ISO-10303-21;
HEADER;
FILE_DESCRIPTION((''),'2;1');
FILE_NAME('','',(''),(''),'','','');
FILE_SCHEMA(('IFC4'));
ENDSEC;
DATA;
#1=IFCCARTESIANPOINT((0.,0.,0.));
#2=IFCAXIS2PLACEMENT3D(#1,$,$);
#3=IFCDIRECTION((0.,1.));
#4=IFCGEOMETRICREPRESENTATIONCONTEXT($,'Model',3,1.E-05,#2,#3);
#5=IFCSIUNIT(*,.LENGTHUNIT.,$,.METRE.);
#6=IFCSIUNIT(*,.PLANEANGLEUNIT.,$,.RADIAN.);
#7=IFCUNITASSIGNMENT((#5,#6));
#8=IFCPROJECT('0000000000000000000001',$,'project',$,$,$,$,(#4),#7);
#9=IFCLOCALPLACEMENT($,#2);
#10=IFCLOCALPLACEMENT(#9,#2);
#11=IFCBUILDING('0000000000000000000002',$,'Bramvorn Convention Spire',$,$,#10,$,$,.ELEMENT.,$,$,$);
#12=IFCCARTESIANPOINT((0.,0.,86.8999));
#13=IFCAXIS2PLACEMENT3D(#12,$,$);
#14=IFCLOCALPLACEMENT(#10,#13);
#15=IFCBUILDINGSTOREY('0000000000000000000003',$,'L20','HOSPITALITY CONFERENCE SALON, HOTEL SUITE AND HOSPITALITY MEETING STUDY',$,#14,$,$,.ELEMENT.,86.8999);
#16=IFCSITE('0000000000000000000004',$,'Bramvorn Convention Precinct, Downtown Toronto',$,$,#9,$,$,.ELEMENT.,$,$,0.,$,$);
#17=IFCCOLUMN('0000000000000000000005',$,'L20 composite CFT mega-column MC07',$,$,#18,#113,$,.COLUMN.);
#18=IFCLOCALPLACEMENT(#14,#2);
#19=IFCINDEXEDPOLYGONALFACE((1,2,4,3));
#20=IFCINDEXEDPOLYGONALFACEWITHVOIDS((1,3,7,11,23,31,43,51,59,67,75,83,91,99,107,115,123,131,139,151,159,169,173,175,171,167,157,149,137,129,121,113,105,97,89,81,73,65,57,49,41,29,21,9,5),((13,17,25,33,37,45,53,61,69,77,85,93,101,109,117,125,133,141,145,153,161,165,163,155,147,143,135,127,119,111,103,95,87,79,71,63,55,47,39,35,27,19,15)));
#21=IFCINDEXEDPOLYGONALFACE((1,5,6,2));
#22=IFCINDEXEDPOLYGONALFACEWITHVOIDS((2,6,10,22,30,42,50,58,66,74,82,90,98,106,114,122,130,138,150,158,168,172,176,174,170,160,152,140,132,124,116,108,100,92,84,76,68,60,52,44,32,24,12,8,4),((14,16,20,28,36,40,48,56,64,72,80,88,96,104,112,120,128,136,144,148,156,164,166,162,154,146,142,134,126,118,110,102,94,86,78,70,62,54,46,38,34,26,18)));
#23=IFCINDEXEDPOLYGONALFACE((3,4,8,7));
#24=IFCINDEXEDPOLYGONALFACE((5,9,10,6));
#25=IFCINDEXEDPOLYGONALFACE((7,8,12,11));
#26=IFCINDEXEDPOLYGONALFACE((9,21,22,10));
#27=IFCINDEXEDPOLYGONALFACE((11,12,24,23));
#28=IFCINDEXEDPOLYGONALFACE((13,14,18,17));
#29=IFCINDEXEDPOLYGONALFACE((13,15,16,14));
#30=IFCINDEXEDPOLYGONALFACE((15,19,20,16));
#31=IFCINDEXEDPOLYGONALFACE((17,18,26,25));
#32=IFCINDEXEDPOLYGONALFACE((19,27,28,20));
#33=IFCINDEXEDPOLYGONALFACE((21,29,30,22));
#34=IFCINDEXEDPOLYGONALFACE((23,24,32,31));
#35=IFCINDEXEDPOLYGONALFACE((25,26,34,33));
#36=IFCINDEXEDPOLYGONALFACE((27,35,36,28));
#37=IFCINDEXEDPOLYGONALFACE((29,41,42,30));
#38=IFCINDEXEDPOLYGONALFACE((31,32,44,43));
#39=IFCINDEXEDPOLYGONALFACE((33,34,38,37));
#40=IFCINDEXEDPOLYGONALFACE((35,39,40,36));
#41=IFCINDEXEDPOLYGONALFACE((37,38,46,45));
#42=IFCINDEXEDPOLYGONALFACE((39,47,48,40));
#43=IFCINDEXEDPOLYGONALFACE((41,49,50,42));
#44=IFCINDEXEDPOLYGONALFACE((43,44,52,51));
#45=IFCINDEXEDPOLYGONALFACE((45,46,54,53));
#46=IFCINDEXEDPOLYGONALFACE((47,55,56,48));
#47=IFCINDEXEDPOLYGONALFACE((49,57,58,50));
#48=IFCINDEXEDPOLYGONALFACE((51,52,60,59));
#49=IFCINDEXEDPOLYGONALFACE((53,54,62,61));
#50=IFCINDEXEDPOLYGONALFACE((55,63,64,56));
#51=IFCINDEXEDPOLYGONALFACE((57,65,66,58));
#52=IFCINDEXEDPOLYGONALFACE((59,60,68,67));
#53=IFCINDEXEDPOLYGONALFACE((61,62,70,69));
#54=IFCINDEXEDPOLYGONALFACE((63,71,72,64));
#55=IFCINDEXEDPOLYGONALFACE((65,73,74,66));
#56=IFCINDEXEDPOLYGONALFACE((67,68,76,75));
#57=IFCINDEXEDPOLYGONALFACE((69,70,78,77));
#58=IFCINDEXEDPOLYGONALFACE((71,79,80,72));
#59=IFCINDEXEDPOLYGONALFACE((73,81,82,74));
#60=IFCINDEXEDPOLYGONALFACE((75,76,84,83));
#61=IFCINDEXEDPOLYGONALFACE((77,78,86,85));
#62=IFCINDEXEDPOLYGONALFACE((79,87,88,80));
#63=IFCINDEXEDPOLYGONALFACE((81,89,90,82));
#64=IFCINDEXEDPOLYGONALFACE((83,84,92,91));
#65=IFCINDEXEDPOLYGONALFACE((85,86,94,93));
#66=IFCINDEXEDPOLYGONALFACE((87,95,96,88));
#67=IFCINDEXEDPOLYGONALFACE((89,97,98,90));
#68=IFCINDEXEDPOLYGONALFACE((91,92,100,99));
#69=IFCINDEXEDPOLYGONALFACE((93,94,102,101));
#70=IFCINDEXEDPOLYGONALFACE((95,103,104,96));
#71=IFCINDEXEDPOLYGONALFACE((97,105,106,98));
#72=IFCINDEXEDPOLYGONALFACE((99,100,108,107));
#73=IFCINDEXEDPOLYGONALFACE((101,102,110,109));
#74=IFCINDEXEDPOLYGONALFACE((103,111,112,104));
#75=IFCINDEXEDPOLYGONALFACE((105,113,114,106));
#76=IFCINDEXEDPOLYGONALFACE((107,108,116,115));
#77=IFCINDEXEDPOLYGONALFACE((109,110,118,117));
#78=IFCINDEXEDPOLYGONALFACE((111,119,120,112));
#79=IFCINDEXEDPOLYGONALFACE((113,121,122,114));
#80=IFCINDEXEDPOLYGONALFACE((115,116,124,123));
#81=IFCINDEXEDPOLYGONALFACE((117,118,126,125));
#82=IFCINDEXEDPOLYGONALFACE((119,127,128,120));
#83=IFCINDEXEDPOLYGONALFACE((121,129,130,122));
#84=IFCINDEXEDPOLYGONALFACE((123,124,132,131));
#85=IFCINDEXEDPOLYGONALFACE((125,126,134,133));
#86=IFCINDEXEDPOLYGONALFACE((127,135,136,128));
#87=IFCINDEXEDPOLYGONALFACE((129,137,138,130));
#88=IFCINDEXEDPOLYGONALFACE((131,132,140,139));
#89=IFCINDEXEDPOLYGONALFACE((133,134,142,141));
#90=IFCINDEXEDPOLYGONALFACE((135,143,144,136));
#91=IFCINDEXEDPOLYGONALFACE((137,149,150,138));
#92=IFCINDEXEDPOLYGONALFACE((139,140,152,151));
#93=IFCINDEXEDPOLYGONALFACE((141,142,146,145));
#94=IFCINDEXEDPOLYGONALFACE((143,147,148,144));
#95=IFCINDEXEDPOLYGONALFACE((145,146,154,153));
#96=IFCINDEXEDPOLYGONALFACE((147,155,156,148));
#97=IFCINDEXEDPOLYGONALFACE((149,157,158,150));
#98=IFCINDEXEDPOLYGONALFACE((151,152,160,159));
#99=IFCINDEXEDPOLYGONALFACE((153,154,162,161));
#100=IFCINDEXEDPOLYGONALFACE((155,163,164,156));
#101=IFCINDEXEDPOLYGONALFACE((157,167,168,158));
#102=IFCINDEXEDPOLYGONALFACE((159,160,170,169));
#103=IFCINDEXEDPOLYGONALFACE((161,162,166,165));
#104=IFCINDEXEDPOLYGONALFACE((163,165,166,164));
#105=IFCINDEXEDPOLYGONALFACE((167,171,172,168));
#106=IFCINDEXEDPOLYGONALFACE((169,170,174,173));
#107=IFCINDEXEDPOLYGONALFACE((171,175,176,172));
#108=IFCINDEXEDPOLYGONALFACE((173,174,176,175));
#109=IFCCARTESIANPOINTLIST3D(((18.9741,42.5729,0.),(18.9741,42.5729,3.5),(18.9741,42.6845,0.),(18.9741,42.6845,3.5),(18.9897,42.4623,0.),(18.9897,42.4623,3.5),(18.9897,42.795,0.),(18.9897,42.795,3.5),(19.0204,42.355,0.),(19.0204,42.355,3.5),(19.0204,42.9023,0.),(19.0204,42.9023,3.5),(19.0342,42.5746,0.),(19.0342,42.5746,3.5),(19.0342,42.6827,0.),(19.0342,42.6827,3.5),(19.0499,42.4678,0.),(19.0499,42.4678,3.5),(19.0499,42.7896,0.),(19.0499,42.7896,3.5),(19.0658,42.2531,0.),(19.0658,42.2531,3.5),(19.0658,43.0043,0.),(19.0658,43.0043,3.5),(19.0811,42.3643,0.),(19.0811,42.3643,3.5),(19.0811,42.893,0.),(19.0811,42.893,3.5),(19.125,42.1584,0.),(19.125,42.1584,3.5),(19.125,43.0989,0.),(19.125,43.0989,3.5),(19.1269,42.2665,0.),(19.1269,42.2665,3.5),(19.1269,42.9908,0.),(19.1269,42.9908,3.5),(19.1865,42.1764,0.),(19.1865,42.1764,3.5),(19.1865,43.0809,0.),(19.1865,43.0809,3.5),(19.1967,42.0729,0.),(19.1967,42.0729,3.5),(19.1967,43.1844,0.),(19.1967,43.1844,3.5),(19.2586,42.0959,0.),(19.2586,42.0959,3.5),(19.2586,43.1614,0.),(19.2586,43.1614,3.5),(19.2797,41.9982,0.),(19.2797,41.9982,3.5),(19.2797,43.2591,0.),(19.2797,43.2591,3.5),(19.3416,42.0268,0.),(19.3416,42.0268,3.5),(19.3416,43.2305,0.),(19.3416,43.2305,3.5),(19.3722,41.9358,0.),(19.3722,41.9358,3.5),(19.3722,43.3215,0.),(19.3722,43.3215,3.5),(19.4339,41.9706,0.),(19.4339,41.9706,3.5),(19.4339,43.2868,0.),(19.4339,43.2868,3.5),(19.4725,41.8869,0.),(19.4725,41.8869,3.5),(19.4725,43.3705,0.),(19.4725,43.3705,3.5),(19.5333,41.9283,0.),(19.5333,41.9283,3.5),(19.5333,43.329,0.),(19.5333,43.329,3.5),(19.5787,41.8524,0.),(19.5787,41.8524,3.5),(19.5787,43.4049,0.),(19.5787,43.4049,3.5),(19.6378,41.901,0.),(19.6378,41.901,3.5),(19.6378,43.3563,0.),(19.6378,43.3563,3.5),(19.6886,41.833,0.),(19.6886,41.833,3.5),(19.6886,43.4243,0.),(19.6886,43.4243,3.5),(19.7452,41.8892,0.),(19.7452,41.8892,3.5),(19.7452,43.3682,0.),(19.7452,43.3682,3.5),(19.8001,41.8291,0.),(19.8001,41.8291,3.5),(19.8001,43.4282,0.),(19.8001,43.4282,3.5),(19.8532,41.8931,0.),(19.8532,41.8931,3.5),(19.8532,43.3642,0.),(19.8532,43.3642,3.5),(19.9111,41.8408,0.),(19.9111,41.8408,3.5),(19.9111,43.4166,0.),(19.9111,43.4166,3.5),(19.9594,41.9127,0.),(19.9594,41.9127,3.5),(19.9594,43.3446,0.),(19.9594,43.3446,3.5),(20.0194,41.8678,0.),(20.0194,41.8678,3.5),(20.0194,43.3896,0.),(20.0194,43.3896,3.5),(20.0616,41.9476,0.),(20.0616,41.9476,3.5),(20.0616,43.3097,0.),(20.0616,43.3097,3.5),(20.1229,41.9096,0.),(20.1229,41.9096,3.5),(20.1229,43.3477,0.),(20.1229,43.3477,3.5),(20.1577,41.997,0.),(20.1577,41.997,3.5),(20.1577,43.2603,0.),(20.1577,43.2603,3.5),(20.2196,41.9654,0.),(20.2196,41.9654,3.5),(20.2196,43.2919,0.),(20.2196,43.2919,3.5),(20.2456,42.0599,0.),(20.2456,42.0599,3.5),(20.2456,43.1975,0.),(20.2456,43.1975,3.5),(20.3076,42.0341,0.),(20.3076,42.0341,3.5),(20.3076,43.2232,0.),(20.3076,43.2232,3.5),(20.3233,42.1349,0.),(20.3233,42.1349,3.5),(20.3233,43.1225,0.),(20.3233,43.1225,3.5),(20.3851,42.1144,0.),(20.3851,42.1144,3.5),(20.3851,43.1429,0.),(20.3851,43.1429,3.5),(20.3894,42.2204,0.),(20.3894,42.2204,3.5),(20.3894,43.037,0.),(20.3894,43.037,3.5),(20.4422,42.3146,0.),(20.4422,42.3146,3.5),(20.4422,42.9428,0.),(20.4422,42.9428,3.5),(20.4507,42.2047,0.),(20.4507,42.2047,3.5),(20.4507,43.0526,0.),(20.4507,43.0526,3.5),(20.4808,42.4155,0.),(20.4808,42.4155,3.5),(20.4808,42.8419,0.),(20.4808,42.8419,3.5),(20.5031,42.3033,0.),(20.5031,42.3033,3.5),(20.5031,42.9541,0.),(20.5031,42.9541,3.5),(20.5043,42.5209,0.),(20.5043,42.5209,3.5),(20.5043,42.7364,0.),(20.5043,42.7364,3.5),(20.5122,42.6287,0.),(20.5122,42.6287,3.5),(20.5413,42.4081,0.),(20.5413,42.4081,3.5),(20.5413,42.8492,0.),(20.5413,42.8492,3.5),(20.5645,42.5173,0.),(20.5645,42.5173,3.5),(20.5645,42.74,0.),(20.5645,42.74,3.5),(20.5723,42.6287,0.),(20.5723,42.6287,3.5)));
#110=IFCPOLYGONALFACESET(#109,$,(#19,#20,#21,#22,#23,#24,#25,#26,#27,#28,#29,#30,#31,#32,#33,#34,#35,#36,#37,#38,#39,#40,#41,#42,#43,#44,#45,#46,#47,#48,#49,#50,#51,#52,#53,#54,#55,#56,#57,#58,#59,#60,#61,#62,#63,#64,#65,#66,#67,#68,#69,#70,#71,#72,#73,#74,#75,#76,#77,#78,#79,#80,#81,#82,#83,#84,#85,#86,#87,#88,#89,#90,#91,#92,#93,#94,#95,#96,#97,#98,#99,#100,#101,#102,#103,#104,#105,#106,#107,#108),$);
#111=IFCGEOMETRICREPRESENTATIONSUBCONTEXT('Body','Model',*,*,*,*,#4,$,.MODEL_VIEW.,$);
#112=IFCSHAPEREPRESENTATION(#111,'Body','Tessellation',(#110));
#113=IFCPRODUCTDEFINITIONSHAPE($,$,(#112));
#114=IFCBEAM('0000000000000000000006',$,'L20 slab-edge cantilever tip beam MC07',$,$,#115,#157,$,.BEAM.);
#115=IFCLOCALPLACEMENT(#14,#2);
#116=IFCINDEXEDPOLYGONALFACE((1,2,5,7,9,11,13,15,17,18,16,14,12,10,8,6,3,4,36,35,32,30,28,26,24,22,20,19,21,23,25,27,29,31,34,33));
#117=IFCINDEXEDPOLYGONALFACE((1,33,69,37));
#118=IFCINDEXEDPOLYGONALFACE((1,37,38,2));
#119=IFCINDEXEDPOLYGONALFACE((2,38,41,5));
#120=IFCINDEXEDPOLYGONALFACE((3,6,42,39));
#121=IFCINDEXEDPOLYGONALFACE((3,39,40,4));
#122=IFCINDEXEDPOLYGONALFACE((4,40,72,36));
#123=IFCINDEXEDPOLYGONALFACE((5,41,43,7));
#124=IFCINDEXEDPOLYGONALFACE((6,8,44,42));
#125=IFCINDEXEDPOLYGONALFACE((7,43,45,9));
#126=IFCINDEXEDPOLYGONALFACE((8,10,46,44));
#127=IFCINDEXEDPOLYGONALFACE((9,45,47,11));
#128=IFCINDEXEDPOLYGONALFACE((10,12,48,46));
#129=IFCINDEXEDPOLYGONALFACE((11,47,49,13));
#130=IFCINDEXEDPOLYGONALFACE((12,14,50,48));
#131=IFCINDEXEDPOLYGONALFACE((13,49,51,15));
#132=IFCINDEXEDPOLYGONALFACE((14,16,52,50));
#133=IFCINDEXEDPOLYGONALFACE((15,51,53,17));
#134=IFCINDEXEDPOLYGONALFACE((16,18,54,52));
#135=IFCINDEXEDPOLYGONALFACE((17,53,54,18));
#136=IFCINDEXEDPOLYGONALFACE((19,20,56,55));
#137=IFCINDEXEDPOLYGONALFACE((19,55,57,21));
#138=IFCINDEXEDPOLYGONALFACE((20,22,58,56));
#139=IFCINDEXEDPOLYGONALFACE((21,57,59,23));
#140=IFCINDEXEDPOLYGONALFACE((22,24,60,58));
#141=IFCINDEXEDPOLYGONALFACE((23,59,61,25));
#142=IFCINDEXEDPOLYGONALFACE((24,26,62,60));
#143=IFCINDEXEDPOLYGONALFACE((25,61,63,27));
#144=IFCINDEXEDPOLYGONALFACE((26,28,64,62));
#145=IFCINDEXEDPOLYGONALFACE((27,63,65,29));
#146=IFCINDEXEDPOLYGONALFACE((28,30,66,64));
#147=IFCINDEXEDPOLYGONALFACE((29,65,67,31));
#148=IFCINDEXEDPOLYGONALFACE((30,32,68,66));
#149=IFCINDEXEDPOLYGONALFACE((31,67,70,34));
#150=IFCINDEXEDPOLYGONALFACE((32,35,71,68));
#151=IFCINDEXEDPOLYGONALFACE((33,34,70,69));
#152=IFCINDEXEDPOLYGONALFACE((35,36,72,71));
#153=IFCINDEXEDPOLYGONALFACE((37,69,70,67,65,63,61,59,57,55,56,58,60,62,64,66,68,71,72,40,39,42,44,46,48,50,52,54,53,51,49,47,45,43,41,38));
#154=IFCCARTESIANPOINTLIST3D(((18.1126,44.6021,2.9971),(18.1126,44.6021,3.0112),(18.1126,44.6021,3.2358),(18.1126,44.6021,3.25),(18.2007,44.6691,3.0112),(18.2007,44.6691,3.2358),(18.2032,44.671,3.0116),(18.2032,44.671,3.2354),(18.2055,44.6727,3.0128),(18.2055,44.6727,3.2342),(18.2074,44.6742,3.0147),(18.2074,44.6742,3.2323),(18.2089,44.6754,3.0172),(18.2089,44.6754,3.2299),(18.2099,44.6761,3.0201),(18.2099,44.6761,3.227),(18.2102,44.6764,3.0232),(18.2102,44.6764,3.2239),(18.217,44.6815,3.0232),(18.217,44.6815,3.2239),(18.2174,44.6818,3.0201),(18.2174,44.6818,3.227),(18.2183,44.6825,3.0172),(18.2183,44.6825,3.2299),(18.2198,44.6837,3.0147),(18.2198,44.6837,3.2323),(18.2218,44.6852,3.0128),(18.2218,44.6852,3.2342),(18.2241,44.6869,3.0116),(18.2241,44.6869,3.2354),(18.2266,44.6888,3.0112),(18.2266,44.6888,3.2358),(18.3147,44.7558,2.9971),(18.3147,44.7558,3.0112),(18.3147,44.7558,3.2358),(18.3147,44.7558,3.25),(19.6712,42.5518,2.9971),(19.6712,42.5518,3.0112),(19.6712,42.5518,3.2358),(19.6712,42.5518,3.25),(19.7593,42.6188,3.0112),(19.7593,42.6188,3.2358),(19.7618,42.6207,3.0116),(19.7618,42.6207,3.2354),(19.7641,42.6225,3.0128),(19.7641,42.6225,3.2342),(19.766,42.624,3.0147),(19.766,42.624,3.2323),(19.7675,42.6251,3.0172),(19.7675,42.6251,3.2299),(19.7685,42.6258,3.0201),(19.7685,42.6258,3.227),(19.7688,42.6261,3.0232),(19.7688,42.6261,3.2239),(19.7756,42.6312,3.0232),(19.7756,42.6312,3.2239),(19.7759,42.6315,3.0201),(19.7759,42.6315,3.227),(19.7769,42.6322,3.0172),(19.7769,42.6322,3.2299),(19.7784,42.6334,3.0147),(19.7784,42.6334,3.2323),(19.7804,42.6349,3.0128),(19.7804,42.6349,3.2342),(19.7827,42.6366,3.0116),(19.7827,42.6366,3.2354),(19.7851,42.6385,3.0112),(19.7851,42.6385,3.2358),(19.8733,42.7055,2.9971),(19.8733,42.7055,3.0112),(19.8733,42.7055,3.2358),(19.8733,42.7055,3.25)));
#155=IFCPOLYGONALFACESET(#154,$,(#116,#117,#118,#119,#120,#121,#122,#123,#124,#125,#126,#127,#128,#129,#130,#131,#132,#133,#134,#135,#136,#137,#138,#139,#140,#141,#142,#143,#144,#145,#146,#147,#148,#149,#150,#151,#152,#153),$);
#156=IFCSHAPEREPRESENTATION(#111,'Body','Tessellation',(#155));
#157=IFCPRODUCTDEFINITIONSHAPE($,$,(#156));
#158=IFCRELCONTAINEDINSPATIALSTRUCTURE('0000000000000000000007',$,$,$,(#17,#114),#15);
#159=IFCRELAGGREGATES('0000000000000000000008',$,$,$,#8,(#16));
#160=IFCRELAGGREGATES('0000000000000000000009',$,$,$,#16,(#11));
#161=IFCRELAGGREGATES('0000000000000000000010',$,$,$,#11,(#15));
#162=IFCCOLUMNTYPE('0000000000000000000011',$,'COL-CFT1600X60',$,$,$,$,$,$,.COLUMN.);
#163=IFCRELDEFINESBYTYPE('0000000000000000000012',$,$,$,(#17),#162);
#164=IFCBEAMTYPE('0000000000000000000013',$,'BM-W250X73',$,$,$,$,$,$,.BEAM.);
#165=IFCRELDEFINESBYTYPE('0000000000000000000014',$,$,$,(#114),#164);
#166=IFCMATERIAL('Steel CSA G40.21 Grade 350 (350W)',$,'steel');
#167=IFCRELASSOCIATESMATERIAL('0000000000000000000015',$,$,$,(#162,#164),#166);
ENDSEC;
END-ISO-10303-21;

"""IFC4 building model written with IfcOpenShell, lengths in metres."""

from ifc_helpers import new_model, si_unit, direction, frame, origin, origin_2d, place, context, subcontext, project, spatial, hollow_circle, i_section, extrude, material, material_profile, profile_set, type_object, element, save


model = new_model("IFC4")

# Units and contexts
model_context = context("Model", 3, precision=1e-05, world=origin(), true_north=direction((0.0, 1.0)))
body_context = subcontext(model_context, "Body", "Model", "MODEL_VIEW")
ifc_project = project(units=[si_unit("LENGTHUNIT", "METRE"), si_unit("PLANEANGLEUNIT", "RADIAN")], contexts=[model_context])

# Site, building, storey
site_placement = place(None, origin())
site = spatial("IfcSite", under=ifc_project, at=site_placement, Name="Bramvorn Convention Precinct, Downtown Toronto", CompositionType="ELEMENT", RefElevation=0.0)
building_placement = place(site_placement, origin())
building = spatial("IfcBuilding", under=site, at=building_placement, Name="Bramvorn Convention Spire", CompositionType="ELEMENT")
storey_placement = place(building_placement, frame((0.0, 0.0, 86.8999)))
storey = spatial("IfcBuildingStorey", under=building, at=storey_placement, Name="L20", Description="HOSPITALITY CONFERENCE SALON, HOTEL SUITE AND HOSPITALITY MEETING STUDY", CompositionType="ELEMENT", Elevation=86.8999)

# Column
ifc_material_1 = material(Name="Steel CSA G40.21 Grade 350 (350W)", Category="steel")
ifc_material_profile_1 = material_profile(ifc_material_1, hollow_circle(Radius=0.8, WallThickness=0.0601, at=origin_2d()))
ifc_profile_set_1 = profile_set([ifc_material_profile_1], Name="Steel CSA G40.21 Grade 350 (350W) - CFT1600X60")
column_type = type_object("IfcColumnType", Name="COL-CFT1600X60", PredefinedType="COLUMN", material=ifc_profile_set_1)
column_placement = place(storey_placement, frame((19.7722, 42.6287, 0.0), z_axis=(0.0, 0.0, 1.0), x_axis=(1.0, 0.0, 0.0)))
element("IfcColumn", 1, at=column_placement, inside=storey, type_object=column_type, Name="L20 composite CFT mega-column MC07", PredefinedType="COLUMN", context=body_context, shape_type="SweptSolid", body=[
    extrude(hollow_circle(Radius=0.8, WallThickness=0.0601, at=origin_2d()), origin(), (0.0, 0.0, 1.0), 3.5),
])

# Beam
ifc_material_profile_2 = material_profile(ifc_material_1, i_section(OverallWidth=0.2539, OverallDepth=0.2529, WebThickness=0.0085, FlangeThickness=0.0142, FilletRadius=0.012, at=origin_2d()))
ifc_profile_set_2 = profile_set([ifc_material_profile_2], Name="Steel CSA G40.21 Grade 350 (350W) - W250X73")
beam_type_1 = type_object("IfcBeamType", Name="BM-W250X73", PredefinedType="BEAM", material=ifc_profile_set_2)
beam_1_placement = place(storey_placement, frame((19.7722, 42.6287, 3.1235), z_axis=(-0.605175, 0.796093, 0.0), x_axis=(-0.796093, -0.605175, 0.0)))
element("IfcBeam", 2, at=beam_1_placement, inside=storey, type_object=beam_type_1, Name="L20 slab-edge cantilever tip beam MC07", PredefinedType="BEAM", context=body_context, shape_type="SweptSolid", body=[
    extrude(i_section(OverallWidth=0.2539, OverallDepth=0.2529, WebThickness=0.0085, FlangeThickness=0.0142, FilletRadius=0.012, at=origin_2d()), origin(), (0.0, 0.0, 1.0), 2.5754),
])

save(model, "model.ifc")
